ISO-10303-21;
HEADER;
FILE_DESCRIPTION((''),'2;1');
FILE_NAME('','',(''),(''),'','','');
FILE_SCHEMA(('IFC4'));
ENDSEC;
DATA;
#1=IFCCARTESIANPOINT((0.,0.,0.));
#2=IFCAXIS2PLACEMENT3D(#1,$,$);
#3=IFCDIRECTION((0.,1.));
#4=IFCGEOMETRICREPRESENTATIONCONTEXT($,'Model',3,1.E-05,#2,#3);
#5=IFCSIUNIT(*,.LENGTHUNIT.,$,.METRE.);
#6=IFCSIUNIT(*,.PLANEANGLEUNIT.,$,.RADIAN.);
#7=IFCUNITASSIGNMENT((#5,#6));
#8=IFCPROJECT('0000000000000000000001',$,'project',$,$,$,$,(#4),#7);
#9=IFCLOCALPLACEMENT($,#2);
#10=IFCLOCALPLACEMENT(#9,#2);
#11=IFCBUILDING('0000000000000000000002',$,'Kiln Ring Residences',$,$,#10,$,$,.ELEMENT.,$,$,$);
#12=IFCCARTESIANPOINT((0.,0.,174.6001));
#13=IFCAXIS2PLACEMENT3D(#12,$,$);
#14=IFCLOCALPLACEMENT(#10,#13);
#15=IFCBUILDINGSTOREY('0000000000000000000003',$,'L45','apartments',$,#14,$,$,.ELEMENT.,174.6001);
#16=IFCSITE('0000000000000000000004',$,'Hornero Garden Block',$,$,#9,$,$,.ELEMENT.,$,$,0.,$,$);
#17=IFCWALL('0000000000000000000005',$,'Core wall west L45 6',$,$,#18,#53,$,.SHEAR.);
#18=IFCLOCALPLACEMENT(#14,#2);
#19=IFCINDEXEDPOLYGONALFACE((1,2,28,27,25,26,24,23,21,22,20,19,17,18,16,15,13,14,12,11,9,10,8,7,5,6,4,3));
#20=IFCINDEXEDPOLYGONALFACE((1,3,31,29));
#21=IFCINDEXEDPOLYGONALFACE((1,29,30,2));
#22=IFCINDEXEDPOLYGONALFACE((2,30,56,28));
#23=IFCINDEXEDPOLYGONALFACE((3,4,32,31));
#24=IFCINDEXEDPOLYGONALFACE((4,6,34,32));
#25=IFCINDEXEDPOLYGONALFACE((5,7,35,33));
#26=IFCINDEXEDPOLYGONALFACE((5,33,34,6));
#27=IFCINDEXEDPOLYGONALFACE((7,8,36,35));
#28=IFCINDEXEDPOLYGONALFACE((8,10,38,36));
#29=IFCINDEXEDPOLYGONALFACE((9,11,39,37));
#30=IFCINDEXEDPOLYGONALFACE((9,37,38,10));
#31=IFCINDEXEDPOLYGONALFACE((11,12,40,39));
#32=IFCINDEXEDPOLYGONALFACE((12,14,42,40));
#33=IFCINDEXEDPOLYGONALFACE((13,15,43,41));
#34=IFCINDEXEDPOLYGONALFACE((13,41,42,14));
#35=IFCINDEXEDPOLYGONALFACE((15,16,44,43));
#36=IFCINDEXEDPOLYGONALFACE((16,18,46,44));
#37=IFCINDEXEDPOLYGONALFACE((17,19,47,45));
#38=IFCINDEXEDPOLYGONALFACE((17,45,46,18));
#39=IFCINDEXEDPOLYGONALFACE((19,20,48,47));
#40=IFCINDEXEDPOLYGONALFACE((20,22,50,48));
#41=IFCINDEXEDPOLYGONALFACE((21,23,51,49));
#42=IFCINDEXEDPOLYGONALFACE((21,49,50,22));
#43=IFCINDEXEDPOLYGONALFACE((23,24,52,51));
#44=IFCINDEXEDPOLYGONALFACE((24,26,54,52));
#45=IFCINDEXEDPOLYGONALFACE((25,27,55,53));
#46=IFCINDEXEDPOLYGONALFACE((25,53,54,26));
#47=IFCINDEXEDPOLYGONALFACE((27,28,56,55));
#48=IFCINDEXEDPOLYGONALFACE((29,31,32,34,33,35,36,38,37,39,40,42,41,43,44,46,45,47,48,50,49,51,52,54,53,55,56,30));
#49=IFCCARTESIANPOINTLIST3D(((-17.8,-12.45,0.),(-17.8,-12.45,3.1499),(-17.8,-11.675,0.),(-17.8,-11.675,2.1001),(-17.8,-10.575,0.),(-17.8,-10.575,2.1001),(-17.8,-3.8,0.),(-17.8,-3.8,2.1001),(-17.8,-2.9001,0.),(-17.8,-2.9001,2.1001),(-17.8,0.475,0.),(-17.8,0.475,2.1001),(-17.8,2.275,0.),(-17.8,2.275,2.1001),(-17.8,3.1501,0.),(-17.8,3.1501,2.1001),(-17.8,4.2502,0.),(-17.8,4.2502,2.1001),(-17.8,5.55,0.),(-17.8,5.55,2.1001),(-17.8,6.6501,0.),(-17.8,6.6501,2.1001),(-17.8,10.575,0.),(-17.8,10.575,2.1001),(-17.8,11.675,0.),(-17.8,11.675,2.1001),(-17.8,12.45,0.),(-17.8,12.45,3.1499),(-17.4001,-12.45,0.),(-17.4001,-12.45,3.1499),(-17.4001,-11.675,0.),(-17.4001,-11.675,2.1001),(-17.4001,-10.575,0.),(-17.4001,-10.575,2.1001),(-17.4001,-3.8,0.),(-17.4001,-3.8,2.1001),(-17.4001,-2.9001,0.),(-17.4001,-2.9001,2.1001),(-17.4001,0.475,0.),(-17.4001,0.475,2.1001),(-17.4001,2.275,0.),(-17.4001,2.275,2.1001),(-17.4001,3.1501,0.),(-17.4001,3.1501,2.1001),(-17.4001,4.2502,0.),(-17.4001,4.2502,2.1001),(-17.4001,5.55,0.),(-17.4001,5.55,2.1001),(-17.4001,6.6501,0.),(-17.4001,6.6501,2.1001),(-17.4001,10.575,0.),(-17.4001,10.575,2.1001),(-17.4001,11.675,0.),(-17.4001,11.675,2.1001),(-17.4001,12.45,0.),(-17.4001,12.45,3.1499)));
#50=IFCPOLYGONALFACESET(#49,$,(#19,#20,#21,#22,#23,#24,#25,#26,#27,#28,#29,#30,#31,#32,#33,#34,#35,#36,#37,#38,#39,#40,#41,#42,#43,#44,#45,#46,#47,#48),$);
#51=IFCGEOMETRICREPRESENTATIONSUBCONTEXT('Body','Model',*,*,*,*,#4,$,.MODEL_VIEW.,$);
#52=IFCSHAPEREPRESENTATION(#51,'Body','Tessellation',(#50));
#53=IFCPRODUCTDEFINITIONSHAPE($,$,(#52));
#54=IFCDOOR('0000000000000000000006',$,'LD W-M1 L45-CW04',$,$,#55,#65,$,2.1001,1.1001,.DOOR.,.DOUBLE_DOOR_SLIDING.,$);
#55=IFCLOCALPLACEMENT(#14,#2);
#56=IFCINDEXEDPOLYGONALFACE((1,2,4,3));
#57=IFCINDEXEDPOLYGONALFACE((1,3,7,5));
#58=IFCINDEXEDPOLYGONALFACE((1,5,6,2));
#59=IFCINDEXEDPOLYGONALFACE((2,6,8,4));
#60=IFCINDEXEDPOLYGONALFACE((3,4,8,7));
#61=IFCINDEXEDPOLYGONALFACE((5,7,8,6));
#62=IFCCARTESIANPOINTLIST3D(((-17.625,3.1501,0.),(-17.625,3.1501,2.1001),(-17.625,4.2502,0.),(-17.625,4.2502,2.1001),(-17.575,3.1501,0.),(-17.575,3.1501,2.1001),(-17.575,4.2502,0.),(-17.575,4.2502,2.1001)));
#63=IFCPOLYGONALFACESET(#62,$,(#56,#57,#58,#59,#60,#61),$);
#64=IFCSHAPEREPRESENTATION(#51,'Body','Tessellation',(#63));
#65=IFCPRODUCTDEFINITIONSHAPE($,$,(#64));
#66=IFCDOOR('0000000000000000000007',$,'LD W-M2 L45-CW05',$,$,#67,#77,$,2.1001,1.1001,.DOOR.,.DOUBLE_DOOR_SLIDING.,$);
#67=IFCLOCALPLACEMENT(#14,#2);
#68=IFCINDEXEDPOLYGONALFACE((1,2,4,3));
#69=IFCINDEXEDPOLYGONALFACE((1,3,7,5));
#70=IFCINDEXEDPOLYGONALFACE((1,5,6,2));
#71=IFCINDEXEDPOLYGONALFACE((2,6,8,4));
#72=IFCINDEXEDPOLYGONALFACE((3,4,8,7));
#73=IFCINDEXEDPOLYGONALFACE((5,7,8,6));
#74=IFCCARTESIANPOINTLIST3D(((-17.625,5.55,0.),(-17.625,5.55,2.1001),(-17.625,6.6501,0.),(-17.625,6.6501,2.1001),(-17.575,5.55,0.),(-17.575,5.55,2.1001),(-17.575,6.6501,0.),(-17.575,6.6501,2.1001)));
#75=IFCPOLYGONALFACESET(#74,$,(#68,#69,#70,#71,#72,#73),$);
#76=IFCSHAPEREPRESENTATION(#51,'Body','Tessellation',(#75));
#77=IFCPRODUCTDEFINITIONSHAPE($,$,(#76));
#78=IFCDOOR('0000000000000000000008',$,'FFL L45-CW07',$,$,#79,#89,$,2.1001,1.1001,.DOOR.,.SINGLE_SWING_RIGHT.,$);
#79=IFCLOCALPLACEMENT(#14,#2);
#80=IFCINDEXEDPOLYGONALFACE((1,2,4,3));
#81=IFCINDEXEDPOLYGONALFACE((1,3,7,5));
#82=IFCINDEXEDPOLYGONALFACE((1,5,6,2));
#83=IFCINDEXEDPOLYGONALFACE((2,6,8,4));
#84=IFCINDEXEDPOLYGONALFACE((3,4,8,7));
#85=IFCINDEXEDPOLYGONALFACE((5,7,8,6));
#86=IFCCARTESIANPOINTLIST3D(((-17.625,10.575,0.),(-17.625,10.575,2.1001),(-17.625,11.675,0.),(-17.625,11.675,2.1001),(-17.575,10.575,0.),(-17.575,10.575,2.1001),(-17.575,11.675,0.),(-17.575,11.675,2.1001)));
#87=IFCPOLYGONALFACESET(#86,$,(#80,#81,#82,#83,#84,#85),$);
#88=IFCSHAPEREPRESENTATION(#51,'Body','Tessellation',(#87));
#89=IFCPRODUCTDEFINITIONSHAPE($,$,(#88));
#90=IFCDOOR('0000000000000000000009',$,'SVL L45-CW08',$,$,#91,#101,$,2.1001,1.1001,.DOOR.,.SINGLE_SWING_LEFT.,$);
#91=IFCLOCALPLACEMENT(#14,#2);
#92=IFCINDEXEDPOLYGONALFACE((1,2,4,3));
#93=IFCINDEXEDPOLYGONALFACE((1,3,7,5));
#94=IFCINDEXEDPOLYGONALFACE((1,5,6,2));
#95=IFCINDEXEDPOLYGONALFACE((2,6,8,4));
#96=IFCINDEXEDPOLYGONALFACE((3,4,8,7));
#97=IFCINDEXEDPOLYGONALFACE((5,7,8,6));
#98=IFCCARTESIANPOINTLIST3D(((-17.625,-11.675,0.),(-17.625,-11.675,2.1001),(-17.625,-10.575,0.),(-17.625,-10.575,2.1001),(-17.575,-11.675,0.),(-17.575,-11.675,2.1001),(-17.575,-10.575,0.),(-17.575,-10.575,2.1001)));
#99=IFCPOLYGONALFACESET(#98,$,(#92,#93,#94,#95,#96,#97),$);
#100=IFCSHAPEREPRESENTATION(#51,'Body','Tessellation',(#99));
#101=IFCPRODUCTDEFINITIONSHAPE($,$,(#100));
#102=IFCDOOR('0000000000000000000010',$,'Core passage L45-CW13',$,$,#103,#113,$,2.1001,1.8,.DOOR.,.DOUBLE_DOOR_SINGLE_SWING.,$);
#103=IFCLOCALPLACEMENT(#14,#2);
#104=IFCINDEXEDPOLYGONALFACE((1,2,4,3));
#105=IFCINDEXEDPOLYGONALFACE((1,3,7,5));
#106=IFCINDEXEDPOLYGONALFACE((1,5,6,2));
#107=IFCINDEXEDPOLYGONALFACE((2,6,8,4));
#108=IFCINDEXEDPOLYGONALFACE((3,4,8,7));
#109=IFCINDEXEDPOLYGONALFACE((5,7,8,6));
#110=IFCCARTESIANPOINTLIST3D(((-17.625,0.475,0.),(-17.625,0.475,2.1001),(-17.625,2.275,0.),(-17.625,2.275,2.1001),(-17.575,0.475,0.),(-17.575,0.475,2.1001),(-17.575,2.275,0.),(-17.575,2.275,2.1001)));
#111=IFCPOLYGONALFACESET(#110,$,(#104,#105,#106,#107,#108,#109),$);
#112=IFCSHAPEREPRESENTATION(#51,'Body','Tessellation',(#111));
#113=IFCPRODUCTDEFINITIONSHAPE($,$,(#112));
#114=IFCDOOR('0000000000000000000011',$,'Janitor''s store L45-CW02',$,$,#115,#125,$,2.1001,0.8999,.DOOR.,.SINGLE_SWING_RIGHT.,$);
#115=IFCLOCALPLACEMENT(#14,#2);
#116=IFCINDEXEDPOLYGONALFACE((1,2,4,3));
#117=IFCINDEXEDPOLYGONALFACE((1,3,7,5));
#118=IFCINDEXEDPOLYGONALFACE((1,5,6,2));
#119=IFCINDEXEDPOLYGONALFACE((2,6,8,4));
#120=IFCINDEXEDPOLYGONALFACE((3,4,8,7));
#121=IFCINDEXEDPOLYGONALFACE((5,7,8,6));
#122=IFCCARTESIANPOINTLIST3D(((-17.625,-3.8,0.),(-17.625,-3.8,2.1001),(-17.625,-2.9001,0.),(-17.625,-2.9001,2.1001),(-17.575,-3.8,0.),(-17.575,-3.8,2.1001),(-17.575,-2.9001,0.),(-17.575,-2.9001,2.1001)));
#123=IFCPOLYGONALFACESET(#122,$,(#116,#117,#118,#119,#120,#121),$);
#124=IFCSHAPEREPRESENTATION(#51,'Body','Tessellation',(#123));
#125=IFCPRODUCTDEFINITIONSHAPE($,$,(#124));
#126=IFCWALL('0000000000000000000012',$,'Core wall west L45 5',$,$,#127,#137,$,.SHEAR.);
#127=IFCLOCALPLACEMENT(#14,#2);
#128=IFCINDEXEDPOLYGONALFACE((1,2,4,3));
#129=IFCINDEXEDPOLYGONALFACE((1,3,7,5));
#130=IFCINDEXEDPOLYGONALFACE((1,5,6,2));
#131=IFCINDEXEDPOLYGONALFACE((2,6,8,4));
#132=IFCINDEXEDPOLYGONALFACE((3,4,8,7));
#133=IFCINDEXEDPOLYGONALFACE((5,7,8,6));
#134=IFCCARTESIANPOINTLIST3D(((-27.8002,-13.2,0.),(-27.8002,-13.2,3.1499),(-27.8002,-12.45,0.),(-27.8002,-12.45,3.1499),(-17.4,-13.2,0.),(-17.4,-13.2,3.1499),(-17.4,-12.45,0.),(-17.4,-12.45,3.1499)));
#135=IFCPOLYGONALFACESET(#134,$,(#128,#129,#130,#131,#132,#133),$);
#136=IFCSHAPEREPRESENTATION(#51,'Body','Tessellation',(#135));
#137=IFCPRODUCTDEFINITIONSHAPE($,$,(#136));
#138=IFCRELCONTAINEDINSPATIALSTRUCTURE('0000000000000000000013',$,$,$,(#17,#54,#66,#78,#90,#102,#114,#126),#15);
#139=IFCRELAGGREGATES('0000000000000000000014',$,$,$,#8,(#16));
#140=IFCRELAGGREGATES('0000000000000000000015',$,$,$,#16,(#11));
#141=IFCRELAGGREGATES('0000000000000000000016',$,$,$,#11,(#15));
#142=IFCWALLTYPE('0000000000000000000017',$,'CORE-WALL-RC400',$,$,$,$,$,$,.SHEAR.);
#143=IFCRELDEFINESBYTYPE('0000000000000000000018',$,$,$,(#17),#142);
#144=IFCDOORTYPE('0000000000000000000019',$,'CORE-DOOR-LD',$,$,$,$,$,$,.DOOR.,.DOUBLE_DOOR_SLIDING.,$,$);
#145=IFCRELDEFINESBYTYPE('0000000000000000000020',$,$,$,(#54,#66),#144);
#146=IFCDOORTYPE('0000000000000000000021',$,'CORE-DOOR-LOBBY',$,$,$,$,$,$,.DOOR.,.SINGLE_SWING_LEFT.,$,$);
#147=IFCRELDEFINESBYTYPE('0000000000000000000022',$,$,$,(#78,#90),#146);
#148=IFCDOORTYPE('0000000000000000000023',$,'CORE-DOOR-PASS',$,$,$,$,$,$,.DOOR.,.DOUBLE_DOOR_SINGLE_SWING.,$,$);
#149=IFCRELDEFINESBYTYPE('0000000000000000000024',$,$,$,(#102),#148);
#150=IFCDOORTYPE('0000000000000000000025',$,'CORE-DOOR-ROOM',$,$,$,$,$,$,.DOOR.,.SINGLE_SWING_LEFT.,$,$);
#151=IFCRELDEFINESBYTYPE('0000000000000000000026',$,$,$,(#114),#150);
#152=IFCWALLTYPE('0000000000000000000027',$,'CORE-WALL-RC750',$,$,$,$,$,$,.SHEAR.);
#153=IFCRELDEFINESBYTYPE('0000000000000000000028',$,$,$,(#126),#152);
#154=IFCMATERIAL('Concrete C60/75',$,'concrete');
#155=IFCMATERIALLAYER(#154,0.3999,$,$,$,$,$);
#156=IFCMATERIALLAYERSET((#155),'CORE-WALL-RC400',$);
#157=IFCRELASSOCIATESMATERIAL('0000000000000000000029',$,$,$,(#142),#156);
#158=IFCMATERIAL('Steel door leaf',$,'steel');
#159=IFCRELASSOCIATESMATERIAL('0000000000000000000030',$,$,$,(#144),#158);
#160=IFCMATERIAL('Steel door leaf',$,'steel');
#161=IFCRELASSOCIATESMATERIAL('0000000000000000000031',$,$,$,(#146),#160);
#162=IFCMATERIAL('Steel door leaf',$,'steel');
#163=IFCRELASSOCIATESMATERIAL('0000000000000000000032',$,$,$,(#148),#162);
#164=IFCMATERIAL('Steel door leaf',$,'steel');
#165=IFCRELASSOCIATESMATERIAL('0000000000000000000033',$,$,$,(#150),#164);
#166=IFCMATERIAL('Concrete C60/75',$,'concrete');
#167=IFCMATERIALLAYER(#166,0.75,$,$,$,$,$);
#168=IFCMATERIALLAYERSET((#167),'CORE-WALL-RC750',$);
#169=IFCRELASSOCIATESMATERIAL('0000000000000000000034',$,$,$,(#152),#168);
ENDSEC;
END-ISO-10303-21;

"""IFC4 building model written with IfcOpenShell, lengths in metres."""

from ifc_helpers import new_model, si_unit, direction, frame, frame_2d, origin, place, context, subcontext, project, spatial, rectangle, extrude, material, layer, layer_set, type_object, element, fill, save


model = new_model("IFC4")

# Units and contexts
model_context = context("Model", 3, precision=1e-05, world=origin(), true_north=direction((0.0, 1.0)))
body_context = subcontext(model_context, "Body", "Model", "MODEL_VIEW")
ifc_project = project(units=[si_unit("LENGTHUNIT", "METRE"), si_unit("PLANEANGLEUNIT", "RADIAN")], contexts=[model_context])

# Site, building, storey
site_placement = place(None, origin())
site = spatial("IfcSite", under=ifc_project, at=site_placement, Name="Hornero Garden Block", CompositionType="ELEMENT", RefElevation=0.0)
building_placement = place(site_placement, origin())
building = spatial("IfcBuilding", under=site, at=building_placement, Name="Kiln Ring Residences", CompositionType="ELEMENT")
storey_placement = place(building_placement, frame((0.0, 0.0, 174.6001)))
storey = spatial("IfcBuildingStorey", under=building, at=storey_placement, Name="L45", Description="apartments", CompositionType="ELEMENT", Elevation=174.6001)

# Wall, openings, doors
ifc_material_1 = material(Name="Concrete C60/75", Category="concrete")
ifc_layer_1 = layer(ifc_material_1, 0.3999)
ifc_layer_set_1 = layer_set([ifc_layer_1], Name="CORE-WALL-RC400")
wall_type_1 = type_object("IfcWallType", Name="CORE-WALL-RC400", PredefinedType="SHEAR", material=ifc_layer_set_1)
wall_1_placement = place(storey_placement, frame((-17.6001, -12.45, 0.0), z_axis=(0.0, 0.0, 1.0), x_axis=(0.0, 1.0, 0.0)))
wall_1 = element("IfcWall", 1, at=wall_1_placement, inside=storey, type_object=wall_type_1, Name="Core wall west L45 6", PredefinedType="SHEAR", context=body_context, shape_type="SweptSolid", body=[
    extrude(rectangle(XDim=24.8999, YDim=0.3999, at=frame_2d((12.45, 0.0))), origin(), (0.0, 0.0, 1.0), 3.1499),
])
opening_1_placement = place(wall_1_placement, frame((8.6499, 0.0, 0.0)))
opening_1 = element("IfcOpeningElement", 2, at=opening_1_placement, cuts=wall_1, PredefinedType="OPENING", context=body_context, shape_type="SweptSolid", body=[
    extrude(rectangle(XDim=0.8999, YDim=2.1001, at=frame_2d((0.45, 1.05))), frame((0.0, 0.21, 0.0), z_axis=(0.0, -1.0, 0.0), x_axis=(1.0, 0.0, 0.0)), (0.0, 0.0, 1.0), 0.4199),
])
opening_2_placement = place(wall_1_placement, frame((15.6001, 0.0, 0.0)))
opening_2 = element("IfcOpeningElement", 3, at=opening_2_placement, cuts=wall_1, PredefinedType="OPENING", context=body_context, shape_type="SweptSolid", body=[
    extrude(rectangle(XDim=1.1001, YDim=2.1001, at=frame_2d((0.55, 1.05))), frame((0.0, 0.21, 0.0), z_axis=(0.0, -1.0, 0.0), x_axis=(1.0, 0.0, 0.0)), (0.0, 0.0, 1.0), 0.4199),
])
opening_3_placement = place(wall_1_placement, frame((18.0, 0.0, 0.0)))
opening_3 = element("IfcOpeningElement", 4, at=opening_3_placement, cuts=wall_1, PredefinedType="OPENING", context=body_context, shape_type="SweptSolid", body=[
    extrude(rectangle(XDim=1.1001, YDim=2.1001, at=frame_2d((0.55, 1.05))), frame((0.0, 0.21, 0.0), z_axis=(0.0, -1.0, 0.0), x_axis=(1.0, 0.0, 0.0)), (0.0, 0.0, 1.0), 0.4199),
])
opening_4_placement = place(wall_1_placement, frame((23.0249, 0.0, 0.0)))
opening_4 = element("IfcOpeningElement", 5, at=opening_4_placement, cuts=wall_1, PredefinedType="OPENING", context=body_context, shape_type="SweptSolid", body=[
    extrude(rectangle(XDim=1.1001, YDim=2.1001, at=frame_2d((0.55, 1.05))), frame((0.0, 0.21, 0.0), z_axis=(0.0, -1.0, 0.0), x_axis=(1.0, 0.0, 0.0)), (0.0, 0.0, 1.0), 0.4199),
])
opening_5_placement = place(wall_1_placement, frame((0.7749, 0.0, 0.0)))
opening_5 = element("IfcOpeningElement", 6, at=opening_5_placement, cuts=wall_1, PredefinedType="OPENING", context=body_context, shape_type="SweptSolid", body=[
    extrude(rectangle(XDim=1.1001, YDim=2.1001, at=frame_2d((0.55, 1.05))), frame((0.0, 0.21, 0.0), z_axis=(0.0, -1.0, 0.0), x_axis=(1.0, 0.0, 0.0)), (0.0, 0.0, 1.0), 0.4199),
])
opening_6_placement = place(wall_1_placement, frame((12.925, 0.0, 0.0)))
opening_6 = element("IfcOpeningElement", 7, at=opening_6_placement, cuts=wall_1, PredefinedType="OPENING", context=body_context, shape_type="SweptSolid", body=[
    extrude(rectangle(XDim=1.8, YDim=2.1001, at=frame_2d((0.8999, 1.05))), frame((0.0, 0.21, 0.0), z_axis=(0.0, -1.0, 0.0), x_axis=(1.0, 0.0, 0.0)), (0.0, 0.0, 1.0), 0.4199),
])
ifc_material_2 = material(Name="Steel door leaf", Category="steel")
door_type_1 = type_object("IfcDoorType", Name="CORE-DOOR-LD", OperationType="DOUBLE_DOOR_SLIDING", PredefinedType="DOOR", material=ifc_material_2)
door_1_placement = place(opening_2_placement, origin())
door_1 = element("IfcDoor", 8, at=door_1_placement, inside=storey, type_object=door_type_1, Name="LD W-M1 L45-CW04", OperationType="DOUBLE_DOOR_SLIDING", OverallHeight=2.1001, OverallWidth=1.1001, PredefinedType="DOOR", context=body_context, shape_type="SweptSolid", body=[
    extrude(rectangle(XDim=1.1001, YDim=2.1001, at=frame_2d((0.55, 1.05))), frame((0.0, 0.0249, 0.0), z_axis=(0.0, -1.0, 0.0), x_axis=(1.0, 0.0, 0.0)), (0.0, 0.0, 1.0), 0.05),
])
fill(opening_2, door_1)
door_2_placement = place(opening_3_placement, origin())
door_2 = element("IfcDoor", 9, at=door_2_placement, inside=storey, type_object=door_type_1, Name="LD W-M2 L45-CW05", OperationType="DOUBLE_DOOR_SLIDING", OverallHeight=2.1001, OverallWidth=1.1001, PredefinedType="DOOR", context=body_context, shape_type="SweptSolid", body=[
    extrude(rectangle(XDim=1.1001, YDim=2.1001, at=frame_2d((0.55, 1.05))), frame((0.0, 0.0249, 0.0), z_axis=(0.0, -1.0, 0.0), x_axis=(1.0, 0.0, 0.0)), (0.0, 0.0, 1.0), 0.05),
])
fill(opening_3, door_2)
ifc_material_3 = material(Name="Steel door leaf", Category="steel")
door_type_2 = type_object("IfcDoorType", Name="CORE-DOOR-LOBBY", OperationType="SINGLE_SWING_LEFT", PredefinedType="DOOR", material=ifc_material_3)
door_3_placement = place(opening_4_placement, origin())
door_3 = element("IfcDoor", 10, at=door_3_placement, inside=storey, type_object=door_type_2, Name="FFL L45-CW07", OperationType="SINGLE_SWING_RIGHT", OverallHeight=2.1001, OverallWidth=1.1001, PredefinedType="DOOR", context=body_context, shape_type="SweptSolid", body=[
    extrude(rectangle(XDim=1.1001, YDim=2.1001, at=frame_2d((0.55, 1.05))), frame((0.0, 0.0249, 0.0), z_axis=(0.0, -1.0, 0.0), x_axis=(1.0, 0.0, 0.0)), (0.0, 0.0, 1.0), 0.05),
])
fill(opening_4, door_3)
door_4_placement = place(opening_5_placement, origin())
door_4 = element("IfcDoor", 11, at=door_4_placement, inside=storey, type_object=door_type_2, Name="SVL L45-CW08", OperationType="SINGLE_SWING_LEFT", OverallHeight=2.1001, OverallWidth=1.1001, PredefinedType="DOOR", context=body_context, shape_type="SweptSolid", body=[
    extrude(rectangle(XDim=1.1001, YDim=2.1001, at=frame_2d((0.55, 1.05))), frame((0.0, 0.0249, 0.0), z_axis=(0.0, -1.0, 0.0), x_axis=(1.0, 0.0, 0.0)), (0.0, 0.0, 1.0), 0.05),
])
fill(opening_5, door_4)
ifc_material_4 = material(Name="Steel door leaf", Category="steel")
door_type_3 = type_object("IfcDoorType", Name="CORE-DOOR-PASS", OperationType="DOUBLE_DOOR_SINGLE_SWING", PredefinedType="DOOR", material=ifc_material_4)
door_5_placement = place(opening_6_placement, origin())
door_5 = element("IfcDoor", 12, at=door_5_placement, inside=storey, type_object=door_type_3, Name="Core passage L45-CW13", OperationType="DOUBLE_DOOR_SINGLE_SWING", OverallHeight=2.1001, OverallWidth=1.8, PredefinedType="DOOR", context=body_context, shape_type="SweptSolid", body=[
    extrude(rectangle(XDim=1.8, YDim=2.1001, at=frame_2d((0.8999, 1.05))), frame((0.0, 0.0249, 0.0), z_axis=(0.0, -1.0, 0.0), x_axis=(1.0, 0.0, 0.0)), (0.0, 0.0, 1.0), 0.05),
])
fill(opening_6, door_5)
ifc_material_5 = material(Name="Steel door leaf", Category="steel")
door_type_4 = type_object("IfcDoorType", Name="CORE-DOOR-ROOM", OperationType="SINGLE_SWING_LEFT", PredefinedType="DOOR", material=ifc_material_5)
door_6_placement = place(opening_1_placement, origin())
door_6 = element("IfcDoor", 13, at=door_6_placement, inside=storey, type_object=door_type_4, Name="Janitor's store L45-CW02", OperationType="SINGLE_SWING_RIGHT", OverallHeight=2.1001, OverallWidth=0.8999, PredefinedType="DOOR", context=body_context, shape_type="SweptSolid", body=[
    extrude(rectangle(XDim=0.8999, YDim=2.1001, at=frame_2d((0.45, 1.05))), frame((0.0, 0.0249, 0.0), z_axis=(0.0, -1.0, 0.0), x_axis=(1.0, 0.0, 0.0)), (0.0, 0.0, 1.0), 0.05),
])
fill(opening_1, door_6)

# Wall
ifc_material_6 = material(Name="Concrete C60/75", Category="concrete")
ifc_layer_2 = layer(ifc_material_6, 0.75)
ifc_layer_set_2 = layer_set([ifc_layer_2], Name="CORE-WALL-RC750")
wall_type_2 = type_object("IfcWallType", Name="CORE-WALL-RC750", PredefinedType="SHEAR", material=ifc_layer_set_2)
wall_2_placement = place(storey_placement, frame((-17.3999, -12.825, 0.0), z_axis=(0.0, 0.0, 1.0), x_axis=(-1.0, 0.0, 0.0)))
element("IfcWall", 14, at=wall_2_placement, inside=storey, type_object=wall_type_2, Name="Core wall west L45 5", PredefinedType="SHEAR", context=body_context, shape_type="SweptSolid", body=[
    extrude(rectangle(XDim=10.4001, YDim=0.75, at=frame_2d((5.2002, 0.0))), origin(), (0.0, 0.0, 1.0), 3.1499),
])

save(model, "model.ifc")
